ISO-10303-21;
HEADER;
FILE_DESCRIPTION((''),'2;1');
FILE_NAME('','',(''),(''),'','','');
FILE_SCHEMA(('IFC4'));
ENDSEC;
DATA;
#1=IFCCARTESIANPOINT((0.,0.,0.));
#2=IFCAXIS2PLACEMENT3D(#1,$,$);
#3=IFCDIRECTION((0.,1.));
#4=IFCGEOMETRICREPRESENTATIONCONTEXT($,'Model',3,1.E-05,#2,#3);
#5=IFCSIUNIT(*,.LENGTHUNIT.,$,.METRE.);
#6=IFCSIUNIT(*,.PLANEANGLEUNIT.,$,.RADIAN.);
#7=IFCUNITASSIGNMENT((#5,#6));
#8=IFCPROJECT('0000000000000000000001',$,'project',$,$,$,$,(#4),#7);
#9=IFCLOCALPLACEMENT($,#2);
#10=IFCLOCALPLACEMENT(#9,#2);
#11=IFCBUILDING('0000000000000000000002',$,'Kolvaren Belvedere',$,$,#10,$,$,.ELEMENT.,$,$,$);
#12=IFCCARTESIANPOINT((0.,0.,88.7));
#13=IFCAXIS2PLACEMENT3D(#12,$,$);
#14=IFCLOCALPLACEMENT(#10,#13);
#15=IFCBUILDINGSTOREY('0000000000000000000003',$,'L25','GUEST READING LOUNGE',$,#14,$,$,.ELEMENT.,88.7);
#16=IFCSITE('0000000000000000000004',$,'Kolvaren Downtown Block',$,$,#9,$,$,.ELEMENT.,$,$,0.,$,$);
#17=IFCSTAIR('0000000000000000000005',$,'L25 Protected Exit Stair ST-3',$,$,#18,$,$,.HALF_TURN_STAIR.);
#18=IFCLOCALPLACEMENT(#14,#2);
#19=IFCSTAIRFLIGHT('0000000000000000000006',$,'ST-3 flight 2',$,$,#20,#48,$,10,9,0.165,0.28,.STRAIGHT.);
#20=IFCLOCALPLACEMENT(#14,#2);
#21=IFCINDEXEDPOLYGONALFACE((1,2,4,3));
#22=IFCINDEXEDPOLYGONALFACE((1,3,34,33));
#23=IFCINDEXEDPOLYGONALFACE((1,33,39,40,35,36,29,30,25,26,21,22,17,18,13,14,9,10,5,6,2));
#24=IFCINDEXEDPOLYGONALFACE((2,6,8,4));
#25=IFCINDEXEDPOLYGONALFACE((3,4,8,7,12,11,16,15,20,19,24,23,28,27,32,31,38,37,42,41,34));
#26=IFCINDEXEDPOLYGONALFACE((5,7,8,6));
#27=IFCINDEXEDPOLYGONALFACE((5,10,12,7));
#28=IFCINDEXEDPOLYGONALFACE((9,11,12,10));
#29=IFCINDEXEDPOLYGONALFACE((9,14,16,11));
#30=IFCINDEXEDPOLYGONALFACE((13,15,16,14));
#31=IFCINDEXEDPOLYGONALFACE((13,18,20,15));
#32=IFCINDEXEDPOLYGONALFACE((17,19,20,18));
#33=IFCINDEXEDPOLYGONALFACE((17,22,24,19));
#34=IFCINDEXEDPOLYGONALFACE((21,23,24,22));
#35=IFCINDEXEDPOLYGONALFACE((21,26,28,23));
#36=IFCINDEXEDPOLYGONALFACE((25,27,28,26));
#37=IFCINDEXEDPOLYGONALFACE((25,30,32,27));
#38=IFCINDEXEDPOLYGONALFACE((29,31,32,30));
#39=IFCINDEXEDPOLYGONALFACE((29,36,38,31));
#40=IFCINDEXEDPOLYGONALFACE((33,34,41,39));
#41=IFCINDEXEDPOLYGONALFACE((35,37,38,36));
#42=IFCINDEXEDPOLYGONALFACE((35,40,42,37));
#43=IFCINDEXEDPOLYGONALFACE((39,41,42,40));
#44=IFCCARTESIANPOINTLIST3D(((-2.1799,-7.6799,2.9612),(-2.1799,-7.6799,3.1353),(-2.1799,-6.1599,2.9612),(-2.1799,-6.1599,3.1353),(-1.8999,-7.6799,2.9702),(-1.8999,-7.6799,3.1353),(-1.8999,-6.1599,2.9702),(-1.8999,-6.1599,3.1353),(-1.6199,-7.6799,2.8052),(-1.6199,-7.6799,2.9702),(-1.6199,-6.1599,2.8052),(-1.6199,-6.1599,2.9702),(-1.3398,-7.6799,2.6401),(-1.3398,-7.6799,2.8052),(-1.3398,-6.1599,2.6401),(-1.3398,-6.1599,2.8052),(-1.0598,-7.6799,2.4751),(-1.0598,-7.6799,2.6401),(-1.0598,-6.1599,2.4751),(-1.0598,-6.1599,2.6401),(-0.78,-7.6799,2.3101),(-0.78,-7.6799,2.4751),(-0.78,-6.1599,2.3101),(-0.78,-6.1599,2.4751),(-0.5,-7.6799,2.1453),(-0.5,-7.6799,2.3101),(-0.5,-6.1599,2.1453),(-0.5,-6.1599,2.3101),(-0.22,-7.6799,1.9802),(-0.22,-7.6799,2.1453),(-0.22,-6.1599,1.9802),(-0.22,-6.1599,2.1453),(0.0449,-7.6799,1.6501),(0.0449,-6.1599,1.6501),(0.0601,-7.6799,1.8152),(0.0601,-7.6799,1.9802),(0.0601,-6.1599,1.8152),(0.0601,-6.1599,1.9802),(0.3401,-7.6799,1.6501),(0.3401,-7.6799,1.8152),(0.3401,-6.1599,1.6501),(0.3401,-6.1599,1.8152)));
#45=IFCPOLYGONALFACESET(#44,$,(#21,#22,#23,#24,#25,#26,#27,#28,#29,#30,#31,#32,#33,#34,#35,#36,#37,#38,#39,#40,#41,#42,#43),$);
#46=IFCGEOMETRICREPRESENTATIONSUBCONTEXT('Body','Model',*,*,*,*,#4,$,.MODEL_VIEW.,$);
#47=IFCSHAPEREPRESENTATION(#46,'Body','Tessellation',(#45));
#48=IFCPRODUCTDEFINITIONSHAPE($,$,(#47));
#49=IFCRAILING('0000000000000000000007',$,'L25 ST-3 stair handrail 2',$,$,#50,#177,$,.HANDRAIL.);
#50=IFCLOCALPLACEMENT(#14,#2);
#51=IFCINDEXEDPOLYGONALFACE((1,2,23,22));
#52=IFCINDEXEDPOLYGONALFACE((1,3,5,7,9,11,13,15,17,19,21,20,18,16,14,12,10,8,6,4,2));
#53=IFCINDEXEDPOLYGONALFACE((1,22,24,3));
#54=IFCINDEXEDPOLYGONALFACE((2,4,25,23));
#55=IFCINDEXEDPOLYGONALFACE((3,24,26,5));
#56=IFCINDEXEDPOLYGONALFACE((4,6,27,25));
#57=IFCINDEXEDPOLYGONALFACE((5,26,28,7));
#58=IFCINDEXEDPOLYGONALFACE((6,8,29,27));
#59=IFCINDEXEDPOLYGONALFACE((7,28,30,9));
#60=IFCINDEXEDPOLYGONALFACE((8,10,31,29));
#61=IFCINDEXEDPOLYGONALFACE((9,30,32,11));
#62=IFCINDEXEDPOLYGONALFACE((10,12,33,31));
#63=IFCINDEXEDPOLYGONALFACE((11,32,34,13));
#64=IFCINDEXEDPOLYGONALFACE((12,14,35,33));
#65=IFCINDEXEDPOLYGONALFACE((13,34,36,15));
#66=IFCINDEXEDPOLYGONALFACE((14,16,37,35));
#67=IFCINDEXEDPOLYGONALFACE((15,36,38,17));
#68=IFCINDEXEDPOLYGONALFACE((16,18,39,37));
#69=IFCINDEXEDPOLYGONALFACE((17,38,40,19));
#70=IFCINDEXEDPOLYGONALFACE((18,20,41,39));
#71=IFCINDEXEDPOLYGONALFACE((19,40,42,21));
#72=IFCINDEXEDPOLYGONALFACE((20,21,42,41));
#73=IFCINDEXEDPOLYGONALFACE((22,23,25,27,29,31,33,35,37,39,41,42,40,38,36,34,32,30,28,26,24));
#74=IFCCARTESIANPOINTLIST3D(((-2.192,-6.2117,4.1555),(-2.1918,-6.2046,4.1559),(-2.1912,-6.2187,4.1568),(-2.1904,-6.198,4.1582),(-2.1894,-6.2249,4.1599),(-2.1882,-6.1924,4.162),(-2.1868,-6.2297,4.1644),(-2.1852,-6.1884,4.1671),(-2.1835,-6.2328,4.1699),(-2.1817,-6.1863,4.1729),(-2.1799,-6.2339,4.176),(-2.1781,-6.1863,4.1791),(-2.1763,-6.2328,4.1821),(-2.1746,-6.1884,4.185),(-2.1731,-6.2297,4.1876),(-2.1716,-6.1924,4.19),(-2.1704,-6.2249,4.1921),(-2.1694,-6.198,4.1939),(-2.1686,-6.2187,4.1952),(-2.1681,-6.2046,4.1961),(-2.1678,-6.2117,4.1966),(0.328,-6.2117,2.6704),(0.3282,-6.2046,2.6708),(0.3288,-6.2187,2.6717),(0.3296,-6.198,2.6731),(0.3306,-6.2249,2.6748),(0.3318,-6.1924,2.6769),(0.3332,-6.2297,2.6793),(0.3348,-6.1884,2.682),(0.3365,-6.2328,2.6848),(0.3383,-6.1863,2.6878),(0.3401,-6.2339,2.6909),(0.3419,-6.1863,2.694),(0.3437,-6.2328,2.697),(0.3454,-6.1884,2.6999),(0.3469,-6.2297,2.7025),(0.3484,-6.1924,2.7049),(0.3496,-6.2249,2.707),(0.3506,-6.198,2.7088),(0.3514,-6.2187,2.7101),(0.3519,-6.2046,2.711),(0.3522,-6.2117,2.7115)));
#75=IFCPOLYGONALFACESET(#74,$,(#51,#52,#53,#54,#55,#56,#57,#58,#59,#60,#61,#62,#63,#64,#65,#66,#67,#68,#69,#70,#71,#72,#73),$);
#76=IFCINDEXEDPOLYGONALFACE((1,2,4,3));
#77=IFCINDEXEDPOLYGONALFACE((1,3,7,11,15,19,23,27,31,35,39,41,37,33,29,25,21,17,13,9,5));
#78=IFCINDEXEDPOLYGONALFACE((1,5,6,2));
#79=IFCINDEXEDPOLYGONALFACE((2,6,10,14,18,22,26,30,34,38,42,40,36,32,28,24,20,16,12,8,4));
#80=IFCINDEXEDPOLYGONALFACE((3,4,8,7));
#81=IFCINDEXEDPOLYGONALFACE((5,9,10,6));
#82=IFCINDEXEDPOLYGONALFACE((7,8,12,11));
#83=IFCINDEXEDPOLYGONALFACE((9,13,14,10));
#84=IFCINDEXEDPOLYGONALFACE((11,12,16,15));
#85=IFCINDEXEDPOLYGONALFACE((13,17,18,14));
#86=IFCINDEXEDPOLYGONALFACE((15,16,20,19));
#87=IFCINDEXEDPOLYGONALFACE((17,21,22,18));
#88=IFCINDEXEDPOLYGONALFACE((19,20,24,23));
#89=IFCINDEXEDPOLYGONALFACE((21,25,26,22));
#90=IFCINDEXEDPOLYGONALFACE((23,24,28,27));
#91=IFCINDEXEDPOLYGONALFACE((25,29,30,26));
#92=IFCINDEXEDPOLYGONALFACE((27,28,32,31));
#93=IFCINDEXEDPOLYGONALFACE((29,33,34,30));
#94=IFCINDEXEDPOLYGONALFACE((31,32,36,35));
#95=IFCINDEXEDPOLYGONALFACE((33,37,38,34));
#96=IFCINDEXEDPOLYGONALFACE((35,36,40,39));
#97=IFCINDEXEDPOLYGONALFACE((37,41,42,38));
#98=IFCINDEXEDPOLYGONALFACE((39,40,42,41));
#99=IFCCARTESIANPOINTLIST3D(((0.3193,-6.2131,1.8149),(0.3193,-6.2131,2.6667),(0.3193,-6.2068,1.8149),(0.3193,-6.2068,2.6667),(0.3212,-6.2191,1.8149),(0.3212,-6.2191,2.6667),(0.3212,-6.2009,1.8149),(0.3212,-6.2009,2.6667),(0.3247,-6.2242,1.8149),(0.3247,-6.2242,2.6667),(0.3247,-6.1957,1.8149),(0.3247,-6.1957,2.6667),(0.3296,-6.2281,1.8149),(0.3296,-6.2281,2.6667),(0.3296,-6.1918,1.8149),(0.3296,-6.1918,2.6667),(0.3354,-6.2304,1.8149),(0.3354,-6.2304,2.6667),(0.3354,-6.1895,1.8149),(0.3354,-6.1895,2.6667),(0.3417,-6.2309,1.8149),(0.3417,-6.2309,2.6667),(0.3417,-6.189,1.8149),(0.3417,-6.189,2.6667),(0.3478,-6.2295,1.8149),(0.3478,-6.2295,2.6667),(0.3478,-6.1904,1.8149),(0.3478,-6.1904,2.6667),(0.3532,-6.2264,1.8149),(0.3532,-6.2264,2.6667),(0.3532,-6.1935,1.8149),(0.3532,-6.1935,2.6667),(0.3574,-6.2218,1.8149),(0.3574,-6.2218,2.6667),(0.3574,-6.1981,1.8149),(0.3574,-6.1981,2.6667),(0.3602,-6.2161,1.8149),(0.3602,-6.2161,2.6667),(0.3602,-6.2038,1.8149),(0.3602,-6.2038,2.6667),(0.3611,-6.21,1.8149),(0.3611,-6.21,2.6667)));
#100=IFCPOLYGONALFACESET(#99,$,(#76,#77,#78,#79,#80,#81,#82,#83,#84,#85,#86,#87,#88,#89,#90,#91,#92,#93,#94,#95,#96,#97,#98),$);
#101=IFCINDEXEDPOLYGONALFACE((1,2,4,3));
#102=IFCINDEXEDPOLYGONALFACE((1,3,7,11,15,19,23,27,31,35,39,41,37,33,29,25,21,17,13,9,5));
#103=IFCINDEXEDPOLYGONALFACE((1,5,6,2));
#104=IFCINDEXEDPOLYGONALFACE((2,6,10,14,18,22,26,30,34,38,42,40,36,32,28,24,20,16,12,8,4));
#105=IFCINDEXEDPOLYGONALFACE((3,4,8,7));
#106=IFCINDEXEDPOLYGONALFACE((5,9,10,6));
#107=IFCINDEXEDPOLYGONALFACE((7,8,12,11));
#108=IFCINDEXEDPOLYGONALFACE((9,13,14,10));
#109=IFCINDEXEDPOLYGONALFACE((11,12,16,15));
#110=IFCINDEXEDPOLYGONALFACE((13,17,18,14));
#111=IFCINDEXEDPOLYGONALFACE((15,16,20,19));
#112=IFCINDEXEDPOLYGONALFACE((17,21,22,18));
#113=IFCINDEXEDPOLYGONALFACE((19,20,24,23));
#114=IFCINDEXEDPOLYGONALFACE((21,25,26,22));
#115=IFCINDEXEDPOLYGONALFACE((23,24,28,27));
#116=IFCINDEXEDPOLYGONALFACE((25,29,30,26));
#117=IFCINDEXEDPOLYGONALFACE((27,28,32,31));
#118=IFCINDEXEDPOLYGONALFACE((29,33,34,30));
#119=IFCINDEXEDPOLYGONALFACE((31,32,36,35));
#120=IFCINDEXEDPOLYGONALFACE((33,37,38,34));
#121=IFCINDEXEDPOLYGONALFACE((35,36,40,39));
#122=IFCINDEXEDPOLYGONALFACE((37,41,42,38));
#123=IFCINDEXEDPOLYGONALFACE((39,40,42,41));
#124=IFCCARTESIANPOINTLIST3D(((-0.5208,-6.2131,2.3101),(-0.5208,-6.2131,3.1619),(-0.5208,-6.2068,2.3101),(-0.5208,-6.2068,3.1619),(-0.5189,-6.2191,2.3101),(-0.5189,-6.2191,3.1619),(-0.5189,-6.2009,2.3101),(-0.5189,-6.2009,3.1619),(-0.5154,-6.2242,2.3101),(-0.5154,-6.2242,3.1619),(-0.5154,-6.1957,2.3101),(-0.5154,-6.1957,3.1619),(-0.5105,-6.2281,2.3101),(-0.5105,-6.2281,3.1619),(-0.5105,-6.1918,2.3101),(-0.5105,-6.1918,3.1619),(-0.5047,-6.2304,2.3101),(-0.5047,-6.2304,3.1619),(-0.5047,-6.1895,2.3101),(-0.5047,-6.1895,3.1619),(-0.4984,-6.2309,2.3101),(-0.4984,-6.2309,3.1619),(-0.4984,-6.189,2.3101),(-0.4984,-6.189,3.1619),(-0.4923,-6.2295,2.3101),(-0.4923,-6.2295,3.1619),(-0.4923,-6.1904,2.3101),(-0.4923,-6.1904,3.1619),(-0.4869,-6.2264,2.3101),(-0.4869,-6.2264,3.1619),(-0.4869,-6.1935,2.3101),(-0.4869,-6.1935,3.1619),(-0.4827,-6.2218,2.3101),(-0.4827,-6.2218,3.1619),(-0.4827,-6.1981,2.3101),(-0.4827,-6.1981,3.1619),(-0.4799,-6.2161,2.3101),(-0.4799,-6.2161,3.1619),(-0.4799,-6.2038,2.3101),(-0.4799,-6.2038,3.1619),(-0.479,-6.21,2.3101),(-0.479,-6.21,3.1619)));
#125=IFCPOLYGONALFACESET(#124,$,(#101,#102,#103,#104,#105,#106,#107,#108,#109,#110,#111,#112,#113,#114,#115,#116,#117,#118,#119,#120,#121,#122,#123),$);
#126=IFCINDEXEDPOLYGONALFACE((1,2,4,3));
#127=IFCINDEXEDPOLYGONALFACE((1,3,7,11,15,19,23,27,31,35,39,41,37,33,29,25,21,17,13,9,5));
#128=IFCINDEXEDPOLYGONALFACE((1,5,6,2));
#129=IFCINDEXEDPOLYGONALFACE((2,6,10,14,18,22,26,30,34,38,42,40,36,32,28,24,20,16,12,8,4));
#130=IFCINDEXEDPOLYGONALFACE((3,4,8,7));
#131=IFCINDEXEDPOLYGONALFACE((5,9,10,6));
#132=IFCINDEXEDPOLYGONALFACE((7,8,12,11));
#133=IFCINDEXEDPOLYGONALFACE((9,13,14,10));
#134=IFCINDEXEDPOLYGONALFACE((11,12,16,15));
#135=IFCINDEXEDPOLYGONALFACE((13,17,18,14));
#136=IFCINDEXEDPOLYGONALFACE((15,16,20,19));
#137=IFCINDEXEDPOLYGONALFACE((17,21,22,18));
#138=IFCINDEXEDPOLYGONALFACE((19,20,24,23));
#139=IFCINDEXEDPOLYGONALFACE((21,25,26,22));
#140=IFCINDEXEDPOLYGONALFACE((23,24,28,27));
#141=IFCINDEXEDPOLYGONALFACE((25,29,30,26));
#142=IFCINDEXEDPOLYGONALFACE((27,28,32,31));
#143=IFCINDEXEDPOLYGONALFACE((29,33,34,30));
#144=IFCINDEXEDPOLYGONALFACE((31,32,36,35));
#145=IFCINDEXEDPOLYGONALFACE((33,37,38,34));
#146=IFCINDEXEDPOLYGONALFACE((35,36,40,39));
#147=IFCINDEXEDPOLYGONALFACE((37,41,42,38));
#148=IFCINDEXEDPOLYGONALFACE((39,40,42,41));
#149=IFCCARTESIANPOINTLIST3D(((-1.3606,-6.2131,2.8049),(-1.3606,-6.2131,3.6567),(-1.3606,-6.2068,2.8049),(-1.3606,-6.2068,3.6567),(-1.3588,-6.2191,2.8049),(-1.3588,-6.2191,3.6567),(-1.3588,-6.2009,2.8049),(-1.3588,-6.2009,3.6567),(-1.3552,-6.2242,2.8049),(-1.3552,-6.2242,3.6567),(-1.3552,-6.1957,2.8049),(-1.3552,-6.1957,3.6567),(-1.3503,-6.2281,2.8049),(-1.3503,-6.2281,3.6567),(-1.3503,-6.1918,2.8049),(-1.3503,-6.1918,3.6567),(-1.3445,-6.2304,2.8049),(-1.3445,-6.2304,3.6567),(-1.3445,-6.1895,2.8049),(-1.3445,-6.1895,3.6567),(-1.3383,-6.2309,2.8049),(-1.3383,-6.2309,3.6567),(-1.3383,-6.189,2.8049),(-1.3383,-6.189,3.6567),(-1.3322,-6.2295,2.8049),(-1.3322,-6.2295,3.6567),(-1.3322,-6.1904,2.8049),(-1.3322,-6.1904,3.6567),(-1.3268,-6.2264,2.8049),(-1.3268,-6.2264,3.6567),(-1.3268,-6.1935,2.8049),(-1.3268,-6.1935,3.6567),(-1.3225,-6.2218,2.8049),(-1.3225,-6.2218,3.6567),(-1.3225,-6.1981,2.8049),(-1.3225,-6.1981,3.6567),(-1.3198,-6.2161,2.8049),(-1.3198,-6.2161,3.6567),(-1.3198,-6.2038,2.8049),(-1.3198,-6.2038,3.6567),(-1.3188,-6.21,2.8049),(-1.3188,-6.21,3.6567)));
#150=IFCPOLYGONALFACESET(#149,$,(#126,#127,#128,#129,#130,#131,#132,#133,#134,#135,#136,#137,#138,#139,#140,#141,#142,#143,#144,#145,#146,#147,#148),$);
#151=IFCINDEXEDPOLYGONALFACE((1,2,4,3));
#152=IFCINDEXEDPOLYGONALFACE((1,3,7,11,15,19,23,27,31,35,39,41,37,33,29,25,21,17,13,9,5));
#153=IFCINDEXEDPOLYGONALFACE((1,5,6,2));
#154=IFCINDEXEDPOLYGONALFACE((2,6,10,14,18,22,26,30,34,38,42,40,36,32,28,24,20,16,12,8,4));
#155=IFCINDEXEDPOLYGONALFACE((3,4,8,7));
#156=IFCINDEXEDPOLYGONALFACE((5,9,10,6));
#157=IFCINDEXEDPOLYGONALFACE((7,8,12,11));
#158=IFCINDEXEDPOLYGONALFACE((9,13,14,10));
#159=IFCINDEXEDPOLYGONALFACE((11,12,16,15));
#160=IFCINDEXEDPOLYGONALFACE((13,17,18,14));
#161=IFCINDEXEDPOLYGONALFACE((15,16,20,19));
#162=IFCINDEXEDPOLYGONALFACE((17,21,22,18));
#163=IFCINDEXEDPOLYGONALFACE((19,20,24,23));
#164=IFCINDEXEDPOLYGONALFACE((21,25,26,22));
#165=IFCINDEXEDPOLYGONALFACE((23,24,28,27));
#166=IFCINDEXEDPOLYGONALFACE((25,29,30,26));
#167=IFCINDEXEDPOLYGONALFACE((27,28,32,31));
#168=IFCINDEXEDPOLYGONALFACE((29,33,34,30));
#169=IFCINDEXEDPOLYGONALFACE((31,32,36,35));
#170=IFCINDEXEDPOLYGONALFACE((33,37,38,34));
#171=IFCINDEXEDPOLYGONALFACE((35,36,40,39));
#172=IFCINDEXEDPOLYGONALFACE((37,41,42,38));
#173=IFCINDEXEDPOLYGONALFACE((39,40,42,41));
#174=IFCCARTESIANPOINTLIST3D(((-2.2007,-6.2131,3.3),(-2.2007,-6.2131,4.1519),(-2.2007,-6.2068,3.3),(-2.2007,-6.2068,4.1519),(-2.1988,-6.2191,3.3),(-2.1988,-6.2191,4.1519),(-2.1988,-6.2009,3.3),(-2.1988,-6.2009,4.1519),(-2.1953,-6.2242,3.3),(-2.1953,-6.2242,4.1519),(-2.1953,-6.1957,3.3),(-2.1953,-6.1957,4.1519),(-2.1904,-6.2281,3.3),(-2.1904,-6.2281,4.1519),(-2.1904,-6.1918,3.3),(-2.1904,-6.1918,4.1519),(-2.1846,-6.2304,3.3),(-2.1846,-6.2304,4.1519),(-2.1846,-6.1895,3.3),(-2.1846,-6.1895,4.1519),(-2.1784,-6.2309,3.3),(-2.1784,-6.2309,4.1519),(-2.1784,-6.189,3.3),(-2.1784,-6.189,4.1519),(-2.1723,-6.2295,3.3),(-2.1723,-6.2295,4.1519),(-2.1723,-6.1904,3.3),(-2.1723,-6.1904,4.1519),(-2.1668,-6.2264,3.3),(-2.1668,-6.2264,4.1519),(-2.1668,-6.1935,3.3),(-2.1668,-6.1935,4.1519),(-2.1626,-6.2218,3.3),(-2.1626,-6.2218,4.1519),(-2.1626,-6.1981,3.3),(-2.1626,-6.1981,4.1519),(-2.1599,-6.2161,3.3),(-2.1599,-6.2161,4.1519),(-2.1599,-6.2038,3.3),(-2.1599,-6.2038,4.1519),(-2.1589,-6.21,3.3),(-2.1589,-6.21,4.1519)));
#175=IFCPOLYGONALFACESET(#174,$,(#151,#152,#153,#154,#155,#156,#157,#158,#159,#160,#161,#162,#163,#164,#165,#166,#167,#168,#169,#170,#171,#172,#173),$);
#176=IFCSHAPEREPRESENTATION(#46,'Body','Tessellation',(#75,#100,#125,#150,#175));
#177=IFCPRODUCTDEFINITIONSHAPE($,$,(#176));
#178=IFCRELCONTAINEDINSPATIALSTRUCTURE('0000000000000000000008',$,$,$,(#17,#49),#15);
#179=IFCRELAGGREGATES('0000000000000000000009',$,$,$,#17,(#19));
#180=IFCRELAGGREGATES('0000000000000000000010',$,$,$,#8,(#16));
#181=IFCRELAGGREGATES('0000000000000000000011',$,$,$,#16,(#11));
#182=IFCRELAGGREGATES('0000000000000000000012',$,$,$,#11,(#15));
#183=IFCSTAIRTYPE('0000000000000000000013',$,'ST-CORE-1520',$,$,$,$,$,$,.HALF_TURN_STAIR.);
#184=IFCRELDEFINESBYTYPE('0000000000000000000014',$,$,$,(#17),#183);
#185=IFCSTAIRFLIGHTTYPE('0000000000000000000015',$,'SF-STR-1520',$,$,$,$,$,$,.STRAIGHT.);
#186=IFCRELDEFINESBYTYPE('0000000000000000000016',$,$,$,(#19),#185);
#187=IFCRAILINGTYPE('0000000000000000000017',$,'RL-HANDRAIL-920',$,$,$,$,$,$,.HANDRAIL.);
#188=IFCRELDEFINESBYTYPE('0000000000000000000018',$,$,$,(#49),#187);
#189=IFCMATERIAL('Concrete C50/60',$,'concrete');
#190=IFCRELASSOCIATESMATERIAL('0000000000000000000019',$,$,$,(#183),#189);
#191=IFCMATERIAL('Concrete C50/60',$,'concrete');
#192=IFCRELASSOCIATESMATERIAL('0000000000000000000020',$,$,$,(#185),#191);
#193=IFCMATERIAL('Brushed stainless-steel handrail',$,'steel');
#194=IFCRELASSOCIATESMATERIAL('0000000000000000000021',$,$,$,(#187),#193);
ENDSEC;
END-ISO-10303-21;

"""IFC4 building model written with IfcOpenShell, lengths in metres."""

from ifc_helpers import new_model, si_unit, direction, frame, origin, origin_2d, place, context, subcontext, project, spatial, polyline, circle, outline, extrude, material, type_object, element, aggregate, save


model = new_model("IFC4")

# Units and contexts
model_context = context("Model", 3, precision=1e-05, world=origin(), true_north=direction((0.0, 1.0)))
body_context = subcontext(model_context, "Body", "Model", "MODEL_VIEW")
ifc_project = project(units=[si_unit("LENGTHUNIT", "METRE"), si_unit("PLANEANGLEUNIT", "RADIAN")], contexts=[model_context])

# Site, building, storey
site_placement = place(None, origin())
site = spatial("IfcSite", under=ifc_project, at=site_placement, Name="Kolvaren Downtown Block", CompositionType="ELEMENT", RefElevation=0.0)
building_placement = place(site_placement, origin())
building = spatial("IfcBuilding", under=site, at=building_placement, Name="Kolvaren Belvedere", CompositionType="ELEMENT")
storey_placement = place(building_placement, frame((0.0, 0.0, 88.7)))
storey = spatial("IfcBuildingStorey", under=building, at=storey_placement, Name="L25", Description="GUEST READING LOUNGE", CompositionType="ELEMENT", Elevation=88.7)

# Shared definitions
ifc_material_1 = material(Name="Concrete C50/60", Category="concrete")
stair_type = type_object("IfcStairType", Name="ST-CORE-1520", PredefinedType="HALF_TURN_STAIR", material=ifc_material_1)

# Stair, stair flight
stair_1_placement = place(storey_placement, origin())
stair_1 = element("IfcStair", 1, at=stair_1_placement, inside=storey, type_object=stair_type, Name="L25 Protected Exit Stair ST-3", PredefinedType="HALF_TURN_STAIR")
ifc_material_2 = material(Name="Concrete C50/60", Category="concrete")
stair_flight_type = type_object("IfcStairFlightType", Name="SF-STR-1520", PredefinedType="STRAIGHT", material=ifc_material_2)
stair_flight_placement = place(storey_placement, frame((0.3401, -6.9199, 1.6501), z_axis=(0.0, 0.0, 1.0), x_axis=(-1.0, 0.0, 0.0)))
stair_flight = element("IfcStairFlight", 2, at=stair_flight_placement, type_object=stair_flight_type, Name="ST-3 flight 2", NumberOfRisers=10, NumberOfTreads=9, PredefinedType="STRAIGHT", RiserHeight=0.165, TreadLength=0.28, context=body_context, shape_type="SweptSolid", body=[
    extrude(outline(polyline([(0.0, 0.0), (0.0, 0.165), (0.28, 0.165), (0.28, 0.3301), (0.5601, 0.3301), (0.5601, 0.4951), (0.8401, 0.4951), (0.8401, 0.6599), (1.1201, 0.6599), (1.1201, 0.825), (1.3999, 0.825), (1.3999, 0.99), (1.6799, 0.99), (1.6799, 1.155), (1.96, 1.155), (1.96, 1.3201), (2.24, 1.3201), (2.24, 1.4851), (2.52, 1.4851), (2.52, 1.6499), (2.52, 1.311), (0.2952, 0.0), (0.0, 0.0)])), frame((0.0, 0.76, 0.0), z_axis=(0.0, -1.0, 0.0), x_axis=(1.0, 0.0, 0.0)), (0.0, 0.0, 1.0), 1.52),
])
aggregate(stair_1, [stair_flight])

# Railing
ifc_material_3 = material(Name="Brushed stainless-steel handrail", Category="steel")
railing_type_1 = type_object("IfcRailingType", Name="RL-HANDRAIL-920", PredefinedType="HANDRAIL", material=ifc_material_3)
railing_1_placement = place(storey_placement, frame((0.3401, -6.21, 1.8149)))
element("IfcRailing", 3, at=railing_1_placement, inside=storey, type_object=railing_type_1, Name="L25 ST-3 stair handrail 2", PredefinedType="HANDRAIL", context=body_context, shape_type="SweptSolid", body=[
    extrude(circle(Radius=0.0239, at=origin_2d()), frame((0.0, 0.0, 0.876), z_axis=(-0.861524, 0.0, 0.507717), x_axis=(0.0, -1.0, 0.0)), (0.0, 0.0, 1.0), 2.925),
    extrude(circle(Radius=0.021, at=origin_2d()), origin(), (0.0, 0.0, 1.0), 0.8518),
    extrude(circle(Radius=0.021, at=origin_2d()), frame((-0.8401, 0.0, 0.4951)), (0.0, 0.0, 1.0), 0.8518),
    extrude(circle(Radius=0.021, at=origin_2d()), frame((-1.6799, 0.0, 0.99)), (0.0, 0.0, 1.0), 0.8518),
    extrude(circle(Radius=0.021, at=origin_2d()), frame((-2.52, 0.0, 1.4851)), (0.0, 0.0, 1.0), 0.8518),
])

save(model, "model.ifc")
